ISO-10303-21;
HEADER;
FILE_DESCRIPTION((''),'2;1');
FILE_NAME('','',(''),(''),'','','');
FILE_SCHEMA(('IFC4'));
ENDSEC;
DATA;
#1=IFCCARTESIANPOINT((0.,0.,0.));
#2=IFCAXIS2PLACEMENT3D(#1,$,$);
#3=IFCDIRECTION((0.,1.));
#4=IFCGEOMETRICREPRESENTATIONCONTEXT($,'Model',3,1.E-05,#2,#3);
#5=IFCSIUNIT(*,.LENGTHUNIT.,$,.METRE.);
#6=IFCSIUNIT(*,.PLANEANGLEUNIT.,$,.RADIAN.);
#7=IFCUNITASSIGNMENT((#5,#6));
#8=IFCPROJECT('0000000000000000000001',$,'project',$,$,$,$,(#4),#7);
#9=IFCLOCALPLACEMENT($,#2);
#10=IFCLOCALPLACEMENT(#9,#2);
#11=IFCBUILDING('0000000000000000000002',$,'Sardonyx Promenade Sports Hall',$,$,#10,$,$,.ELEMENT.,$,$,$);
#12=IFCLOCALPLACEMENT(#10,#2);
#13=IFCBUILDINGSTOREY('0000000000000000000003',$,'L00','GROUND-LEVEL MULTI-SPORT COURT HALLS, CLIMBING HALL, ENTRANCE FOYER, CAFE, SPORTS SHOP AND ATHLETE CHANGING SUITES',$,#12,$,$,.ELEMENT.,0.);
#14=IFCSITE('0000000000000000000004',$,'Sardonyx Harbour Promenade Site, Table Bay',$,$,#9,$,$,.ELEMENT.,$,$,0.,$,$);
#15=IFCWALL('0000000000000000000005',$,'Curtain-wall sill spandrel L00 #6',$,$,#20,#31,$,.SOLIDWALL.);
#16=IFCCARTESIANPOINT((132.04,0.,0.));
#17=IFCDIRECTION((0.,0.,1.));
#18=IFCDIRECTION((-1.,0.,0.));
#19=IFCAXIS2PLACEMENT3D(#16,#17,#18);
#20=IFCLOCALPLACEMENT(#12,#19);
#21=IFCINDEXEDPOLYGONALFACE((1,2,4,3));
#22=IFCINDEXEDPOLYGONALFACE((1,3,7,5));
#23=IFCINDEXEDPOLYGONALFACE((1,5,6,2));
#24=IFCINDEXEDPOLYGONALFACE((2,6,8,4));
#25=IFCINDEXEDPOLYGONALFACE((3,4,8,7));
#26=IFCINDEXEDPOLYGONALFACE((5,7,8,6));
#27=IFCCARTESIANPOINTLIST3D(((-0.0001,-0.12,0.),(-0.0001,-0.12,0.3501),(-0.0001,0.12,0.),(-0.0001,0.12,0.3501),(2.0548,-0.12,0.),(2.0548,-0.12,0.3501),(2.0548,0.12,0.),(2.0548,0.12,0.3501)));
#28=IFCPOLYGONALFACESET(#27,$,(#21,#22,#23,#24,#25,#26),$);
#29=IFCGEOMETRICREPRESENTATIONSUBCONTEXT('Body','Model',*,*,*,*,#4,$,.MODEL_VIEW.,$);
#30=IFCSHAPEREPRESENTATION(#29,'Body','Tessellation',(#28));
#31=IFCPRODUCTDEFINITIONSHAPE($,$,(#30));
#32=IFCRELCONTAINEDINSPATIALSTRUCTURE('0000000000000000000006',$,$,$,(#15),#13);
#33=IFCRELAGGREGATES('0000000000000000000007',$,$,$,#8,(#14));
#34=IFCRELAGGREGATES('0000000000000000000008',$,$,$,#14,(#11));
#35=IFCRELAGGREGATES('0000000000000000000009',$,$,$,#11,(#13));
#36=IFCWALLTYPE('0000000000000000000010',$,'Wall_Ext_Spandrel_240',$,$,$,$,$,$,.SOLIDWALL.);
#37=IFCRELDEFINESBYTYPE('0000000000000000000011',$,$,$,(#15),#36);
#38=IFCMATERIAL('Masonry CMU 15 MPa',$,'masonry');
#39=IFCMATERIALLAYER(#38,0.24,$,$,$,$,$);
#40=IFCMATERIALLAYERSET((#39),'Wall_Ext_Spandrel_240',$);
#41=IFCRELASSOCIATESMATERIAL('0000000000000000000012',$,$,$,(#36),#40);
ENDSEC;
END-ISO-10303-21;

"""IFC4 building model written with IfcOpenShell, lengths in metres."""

from ifc_helpers import new_model, si_unit, direction, frame, frame_2d, origin, place, context, subcontext, project, spatial, rectangle, extrude, material, layer, layer_set, type_object, element, save


model = new_model("IFC4")

# Units and contexts
model_context = context("Model", 3, precision=1e-05, world=origin(), true_north=direction((0.0, 1.0)))
body_context = subcontext(model_context, "Body", "Model", "MODEL_VIEW")
ifc_project = project(units=[si_unit("LENGTHUNIT", "METRE"), si_unit("PLANEANGLEUNIT", "RADIAN")], contexts=[model_context])

# Site, building, storey
site_placement = place(None, origin())
site = spatial("IfcSite", under=ifc_project, at=site_placement, Name="Sardonyx Harbour Promenade Site, Table Bay", CompositionType="ELEMENT", RefElevation=0.0)
building_placement = place(site_placement, origin())
building = spatial("IfcBuilding", under=site, at=building_placement, Name="Sardonyx Promenade Sports Hall", CompositionType="ELEMENT")
storey_placement = place(building_placement, origin())
storey = spatial("IfcBuildingStorey", under=building, at=storey_placement, Name="L00", Description="GROUND-LEVEL MULTI-SPORT COURT HALLS, CLIMBING HALL, ENTRANCE FOYER, CAFE, SPORTS SHOP AND ATHLETE CHANGING SUITES", CompositionType="ELEMENT", Elevation=0.0)

# Wall
ifc_material_1 = material(Name="Masonry CMU 15 MPa", Category="masonry")
ifc_layer_1 = layer(ifc_material_1, 0.24)
ifc_layer_set_1 = layer_set([ifc_layer_1], Name="Wall_Ext_Spandrel_240")
wall_type = type_object("IfcWallType", Name="Wall_Ext_Spandrel_240", PredefinedType="SOLIDWALL", material=ifc_layer_set_1)
wall_placement = place(storey_placement, frame((132.04, 0.0, 0.0), z_axis=(0.0, 0.0, 1.0), x_axis=(-1.0, 0.0, 0.0)))
element("IfcWall", 1, at=wall_placement, inside=storey, type_object=wall_type, Name="Curtain-wall sill spandrel L00 #6", PredefinedType="SOLIDWALL", context=body_context, shape_type="SweptSolid", body=[
    extrude(rectangle(XDim=2.0549, YDim=0.24, at=frame_2d((1.0273, 0.0))), origin(), (0.0, 0.0, 1.0), 0.3501),
])

save(model, "model.ifc")
